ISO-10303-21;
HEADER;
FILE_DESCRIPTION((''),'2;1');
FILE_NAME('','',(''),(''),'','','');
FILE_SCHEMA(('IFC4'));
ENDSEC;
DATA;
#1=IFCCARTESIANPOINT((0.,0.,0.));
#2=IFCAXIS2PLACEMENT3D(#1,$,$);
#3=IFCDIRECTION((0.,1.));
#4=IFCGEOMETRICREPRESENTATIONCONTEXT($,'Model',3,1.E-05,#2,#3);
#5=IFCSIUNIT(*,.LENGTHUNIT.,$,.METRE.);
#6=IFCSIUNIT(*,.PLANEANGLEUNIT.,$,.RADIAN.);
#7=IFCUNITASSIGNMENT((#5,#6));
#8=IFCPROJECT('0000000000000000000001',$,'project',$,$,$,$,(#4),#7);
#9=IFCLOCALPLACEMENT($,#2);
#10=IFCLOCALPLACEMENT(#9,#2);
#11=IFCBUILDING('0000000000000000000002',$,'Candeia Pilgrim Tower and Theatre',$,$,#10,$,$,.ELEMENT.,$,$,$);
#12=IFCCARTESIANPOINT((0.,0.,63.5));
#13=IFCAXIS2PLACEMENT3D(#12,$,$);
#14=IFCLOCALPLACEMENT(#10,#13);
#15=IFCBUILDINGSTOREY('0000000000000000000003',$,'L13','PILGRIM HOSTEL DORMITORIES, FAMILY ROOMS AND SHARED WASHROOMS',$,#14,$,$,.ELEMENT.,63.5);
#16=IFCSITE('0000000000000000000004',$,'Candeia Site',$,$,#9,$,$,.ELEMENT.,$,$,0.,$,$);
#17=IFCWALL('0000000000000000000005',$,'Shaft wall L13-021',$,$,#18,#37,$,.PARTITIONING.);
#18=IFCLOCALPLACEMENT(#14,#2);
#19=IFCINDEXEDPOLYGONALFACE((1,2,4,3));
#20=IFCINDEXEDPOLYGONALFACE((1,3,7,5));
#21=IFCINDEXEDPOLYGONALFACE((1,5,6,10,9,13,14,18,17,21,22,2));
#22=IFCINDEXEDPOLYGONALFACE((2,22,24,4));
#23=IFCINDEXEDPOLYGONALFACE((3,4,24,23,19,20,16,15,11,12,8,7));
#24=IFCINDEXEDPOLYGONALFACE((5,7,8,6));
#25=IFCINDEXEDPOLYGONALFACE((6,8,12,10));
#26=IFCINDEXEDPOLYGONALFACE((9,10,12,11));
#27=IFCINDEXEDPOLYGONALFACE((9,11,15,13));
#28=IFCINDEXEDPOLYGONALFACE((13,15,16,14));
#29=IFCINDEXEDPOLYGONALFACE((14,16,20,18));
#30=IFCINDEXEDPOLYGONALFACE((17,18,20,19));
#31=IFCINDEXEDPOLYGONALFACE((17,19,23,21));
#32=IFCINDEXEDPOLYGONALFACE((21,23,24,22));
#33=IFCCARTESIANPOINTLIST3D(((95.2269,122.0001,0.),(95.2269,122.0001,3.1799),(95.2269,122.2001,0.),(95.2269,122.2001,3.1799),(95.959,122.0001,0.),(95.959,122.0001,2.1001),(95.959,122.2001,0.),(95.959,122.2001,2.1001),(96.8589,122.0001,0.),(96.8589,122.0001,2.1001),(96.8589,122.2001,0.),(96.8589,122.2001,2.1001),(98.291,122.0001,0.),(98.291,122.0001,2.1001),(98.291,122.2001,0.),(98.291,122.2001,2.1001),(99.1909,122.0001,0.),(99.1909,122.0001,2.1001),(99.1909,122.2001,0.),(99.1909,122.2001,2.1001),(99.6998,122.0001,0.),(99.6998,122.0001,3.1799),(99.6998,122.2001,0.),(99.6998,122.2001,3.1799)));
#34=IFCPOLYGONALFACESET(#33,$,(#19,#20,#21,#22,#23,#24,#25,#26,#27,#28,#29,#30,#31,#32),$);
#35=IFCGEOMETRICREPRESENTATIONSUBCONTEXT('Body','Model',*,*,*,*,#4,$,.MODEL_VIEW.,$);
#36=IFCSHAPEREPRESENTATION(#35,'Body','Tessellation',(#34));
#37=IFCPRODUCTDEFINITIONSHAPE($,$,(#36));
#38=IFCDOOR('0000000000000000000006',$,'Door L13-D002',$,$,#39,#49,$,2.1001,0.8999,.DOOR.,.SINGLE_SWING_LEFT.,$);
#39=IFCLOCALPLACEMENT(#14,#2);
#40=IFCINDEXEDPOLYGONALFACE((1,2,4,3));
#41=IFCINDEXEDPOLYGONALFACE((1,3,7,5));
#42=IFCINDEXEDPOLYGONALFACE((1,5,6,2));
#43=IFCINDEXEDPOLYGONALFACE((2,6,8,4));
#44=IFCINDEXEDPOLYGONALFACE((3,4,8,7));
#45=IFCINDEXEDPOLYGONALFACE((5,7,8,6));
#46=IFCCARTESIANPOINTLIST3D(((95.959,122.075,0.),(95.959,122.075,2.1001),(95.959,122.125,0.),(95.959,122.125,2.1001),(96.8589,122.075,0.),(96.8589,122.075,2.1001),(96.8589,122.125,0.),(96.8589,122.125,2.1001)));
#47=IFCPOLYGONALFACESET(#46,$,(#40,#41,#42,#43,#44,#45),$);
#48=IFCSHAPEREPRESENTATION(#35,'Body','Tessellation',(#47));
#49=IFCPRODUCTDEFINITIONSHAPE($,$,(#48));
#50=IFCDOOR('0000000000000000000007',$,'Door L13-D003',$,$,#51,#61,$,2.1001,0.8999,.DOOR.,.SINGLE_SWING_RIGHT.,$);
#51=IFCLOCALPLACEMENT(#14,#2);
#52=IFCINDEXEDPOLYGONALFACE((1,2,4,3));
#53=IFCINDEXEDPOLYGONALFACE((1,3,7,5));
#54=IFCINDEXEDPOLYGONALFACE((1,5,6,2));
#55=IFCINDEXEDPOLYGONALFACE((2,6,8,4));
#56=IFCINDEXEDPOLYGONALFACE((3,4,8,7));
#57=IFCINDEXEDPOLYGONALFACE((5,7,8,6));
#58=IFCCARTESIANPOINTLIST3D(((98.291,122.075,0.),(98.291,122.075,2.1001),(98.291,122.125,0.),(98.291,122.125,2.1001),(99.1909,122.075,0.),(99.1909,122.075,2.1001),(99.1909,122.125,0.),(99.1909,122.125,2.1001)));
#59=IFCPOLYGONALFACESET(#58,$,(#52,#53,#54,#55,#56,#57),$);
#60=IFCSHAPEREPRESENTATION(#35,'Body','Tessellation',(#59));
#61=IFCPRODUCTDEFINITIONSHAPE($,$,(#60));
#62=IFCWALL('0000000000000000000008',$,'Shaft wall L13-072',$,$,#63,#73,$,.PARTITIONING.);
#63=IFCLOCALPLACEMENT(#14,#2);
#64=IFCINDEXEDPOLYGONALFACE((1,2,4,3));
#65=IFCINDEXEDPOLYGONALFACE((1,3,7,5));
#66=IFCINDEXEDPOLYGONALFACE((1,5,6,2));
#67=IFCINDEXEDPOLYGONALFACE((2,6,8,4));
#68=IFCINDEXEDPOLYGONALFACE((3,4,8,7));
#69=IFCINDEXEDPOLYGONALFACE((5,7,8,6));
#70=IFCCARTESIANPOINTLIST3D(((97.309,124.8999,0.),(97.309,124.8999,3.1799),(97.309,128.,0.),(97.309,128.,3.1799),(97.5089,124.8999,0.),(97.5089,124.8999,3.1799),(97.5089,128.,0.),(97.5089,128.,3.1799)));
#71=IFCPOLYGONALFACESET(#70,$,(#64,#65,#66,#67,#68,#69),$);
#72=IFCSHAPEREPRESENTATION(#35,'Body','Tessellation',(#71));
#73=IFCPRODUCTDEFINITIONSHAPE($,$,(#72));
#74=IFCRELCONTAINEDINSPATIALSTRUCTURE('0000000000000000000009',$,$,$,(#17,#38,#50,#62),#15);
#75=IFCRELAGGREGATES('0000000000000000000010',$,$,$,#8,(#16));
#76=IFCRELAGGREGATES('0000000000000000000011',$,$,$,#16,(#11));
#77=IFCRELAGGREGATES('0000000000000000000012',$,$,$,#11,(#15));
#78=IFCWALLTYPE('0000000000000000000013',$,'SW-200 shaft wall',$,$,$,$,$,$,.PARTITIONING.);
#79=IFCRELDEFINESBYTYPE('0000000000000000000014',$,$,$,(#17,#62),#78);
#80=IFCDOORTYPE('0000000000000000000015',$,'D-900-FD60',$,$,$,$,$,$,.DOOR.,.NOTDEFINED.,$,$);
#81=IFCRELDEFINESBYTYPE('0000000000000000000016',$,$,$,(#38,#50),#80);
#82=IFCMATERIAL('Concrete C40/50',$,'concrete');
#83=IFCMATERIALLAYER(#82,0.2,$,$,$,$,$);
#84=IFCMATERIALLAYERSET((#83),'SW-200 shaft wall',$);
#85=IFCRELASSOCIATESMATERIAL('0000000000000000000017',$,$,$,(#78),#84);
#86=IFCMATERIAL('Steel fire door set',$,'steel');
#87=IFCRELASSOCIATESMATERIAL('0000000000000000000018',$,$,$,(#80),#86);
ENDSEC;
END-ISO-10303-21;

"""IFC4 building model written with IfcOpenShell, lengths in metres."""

from ifc_helpers import new_model, si_unit, direction, frame, frame_2d, origin, place, context, subcontext, project, spatial, rectangle, extrude, material, layer, layer_set, type_object, element, fill, save


model = new_model("IFC4")

# Units and contexts
model_context = context("Model", 3, precision=1e-05, world=origin(), true_north=direction((0.0, 1.0)))
body_context = subcontext(model_context, "Body", "Model", "MODEL_VIEW")
ifc_project = project(units=[si_unit("LENGTHUNIT", "METRE"), si_unit("PLANEANGLEUNIT", "RADIAN")], contexts=[model_context])

# Site, building, storey
site_placement = place(None, origin())
site = spatial("IfcSite", under=ifc_project, at=site_placement, Name="Candeia Site", CompositionType="ELEMENT", RefElevation=0.0)
building_placement = place(site_placement, origin())
building = spatial("IfcBuilding", under=site, at=building_placement, Name="Candeia Pilgrim Tower and Theatre", CompositionType="ELEMENT")
storey_placement = place(building_placement, frame((0.0, 0.0, 63.5)))
storey = spatial("IfcBuildingStorey", under=building, at=storey_placement, Name="L13", Description="PILGRIM HOSTEL DORMITORIES, FAMILY ROOMS AND SHARED WASHROOMS", CompositionType="ELEMENT", Elevation=63.5)

# Shared definitions
ifc_material_1 = material(Name="Steel fire door set", Category="steel")

# Wall, openings, doors
ifc_material_2 = material(Name="Concrete C40/50", Category="concrete")
ifc_layer_1 = layer(ifc_material_2, 0.2)
ifc_layer_set_1 = layer_set([ifc_layer_1], Name="SW-200 shaft wall")
wall_type_1 = type_object("IfcWallType", Name="SW-200 shaft wall", PredefinedType="PARTITIONING", material=ifc_layer_set_1)
wall_1_placement = place(storey_placement, frame((95.2271, 122.1001, 0.0), z_axis=(0.0, 0.0, 1.0), x_axis=(1.0, 0.0, 0.0)))
wall_1 = element("IfcWall", 1, at=wall_1_placement, inside=storey, type_object=wall_type_1, Name="Shaft wall L13-021", PredefinedType="PARTITIONING", context=body_context, shape_type="SweptSolid", body=[
    extrude(rectangle(XDim=4.4729, YDim=0.2, at=frame_2d((2.2363, 0.0))), origin(), (0.0, 0.0, 1.0), 3.1799),
])
opening_1_placement = place(wall_1_placement, frame((0.7319, 0.0, 0.0)))
opening_1 = element("IfcOpeningElement", 2, at=opening_1_placement, cuts=wall_1, PredefinedType="OPENING", context=body_context, shape_type="SweptSolid", body=[
    extrude(rectangle(XDim=0.8999, YDim=2.1001, at=frame_2d((0.45, 1.05))), frame((0.0, 0.1099, 0.0), z_axis=(0.0, -1.0, 0.0), x_axis=(1.0, 0.0, 0.0)), (0.0, 0.0, 1.0), 0.22),
])
opening_2_placement = place(wall_1_placement, frame((3.064, 0.0, 0.0)))
opening_2 = element("IfcOpeningElement", 3, at=opening_2_placement, cuts=wall_1, PredefinedType="OPENING", context=body_context, shape_type="SweptSolid", body=[
    extrude(rectangle(XDim=0.8999, YDim=2.1001, at=frame_2d((0.45, 1.05))), frame((0.0, 0.1099, 0.0), z_axis=(0.0, -1.0, 0.0), x_axis=(1.0, 0.0, 0.0)), (0.0, 0.0, 1.0), 0.22),
])
door_type_1 = type_object("IfcDoorType", Name="D-900-FD60", OperationType="NOTDEFINED", PredefinedType="DOOR", material=ifc_material_1)
door_1_placement = place(opening_1_placement, origin())
door_1 = element("IfcDoor", 4, at=door_1_placement, inside=storey, type_object=door_type_1, Name="Door L13-D002", OperationType="SINGLE_SWING_LEFT", OverallHeight=2.1001, OverallWidth=0.8999, PredefinedType="DOOR", context=body_context, shape_type="SweptSolid", body=[
    extrude(rectangle(XDim=0.8999, YDim=2.1001, at=frame_2d((0.45, 1.05))), frame((0.0, 0.0249, 0.0), z_axis=(0.0, -1.0, 0.0), x_axis=(1.0, 0.0, 0.0)), (0.0, 0.0, 1.0), 0.05),
])
fill(opening_1, door_1)
door_2_placement = place(opening_2_placement, origin())
door_2 = element("IfcDoor", 5, at=door_2_placement, inside=storey, type_object=door_type_1, Name="Door L13-D003", OperationType="SINGLE_SWING_RIGHT", OverallHeight=2.1001, OverallWidth=0.8999, PredefinedType="DOOR", context=body_context, shape_type="SweptSolid", body=[
    extrude(rectangle(XDim=0.8999, YDim=2.1001, at=frame_2d((0.45, 1.05))), frame((0.0, 0.0249, 0.0), z_axis=(0.0, -1.0, 0.0), x_axis=(1.0, 0.0, 0.0)), (0.0, 0.0, 1.0), 0.05),
])
fill(opening_2, door_2)

# Wall
wall_2_placement = place(storey_placement, frame((97.4089, 124.8999, 0.0), z_axis=(0.0, 0.0, 1.0), x_axis=(0.0, 1.0, 0.0)))
element("IfcWall", 6, at=wall_2_placement, inside=storey, type_object=wall_type_1, Name="Shaft wall L13-072", PredefinedType="PARTITIONING", context=body_context, shape_type="SweptSolid", body=[
    extrude(rectangle(XDim=3.1001, YDim=0.2, at=frame_2d((1.55, 0.0))), origin(), (0.0, 0.0, 1.0), 3.1799),
])

save(model, "model.ifc")
